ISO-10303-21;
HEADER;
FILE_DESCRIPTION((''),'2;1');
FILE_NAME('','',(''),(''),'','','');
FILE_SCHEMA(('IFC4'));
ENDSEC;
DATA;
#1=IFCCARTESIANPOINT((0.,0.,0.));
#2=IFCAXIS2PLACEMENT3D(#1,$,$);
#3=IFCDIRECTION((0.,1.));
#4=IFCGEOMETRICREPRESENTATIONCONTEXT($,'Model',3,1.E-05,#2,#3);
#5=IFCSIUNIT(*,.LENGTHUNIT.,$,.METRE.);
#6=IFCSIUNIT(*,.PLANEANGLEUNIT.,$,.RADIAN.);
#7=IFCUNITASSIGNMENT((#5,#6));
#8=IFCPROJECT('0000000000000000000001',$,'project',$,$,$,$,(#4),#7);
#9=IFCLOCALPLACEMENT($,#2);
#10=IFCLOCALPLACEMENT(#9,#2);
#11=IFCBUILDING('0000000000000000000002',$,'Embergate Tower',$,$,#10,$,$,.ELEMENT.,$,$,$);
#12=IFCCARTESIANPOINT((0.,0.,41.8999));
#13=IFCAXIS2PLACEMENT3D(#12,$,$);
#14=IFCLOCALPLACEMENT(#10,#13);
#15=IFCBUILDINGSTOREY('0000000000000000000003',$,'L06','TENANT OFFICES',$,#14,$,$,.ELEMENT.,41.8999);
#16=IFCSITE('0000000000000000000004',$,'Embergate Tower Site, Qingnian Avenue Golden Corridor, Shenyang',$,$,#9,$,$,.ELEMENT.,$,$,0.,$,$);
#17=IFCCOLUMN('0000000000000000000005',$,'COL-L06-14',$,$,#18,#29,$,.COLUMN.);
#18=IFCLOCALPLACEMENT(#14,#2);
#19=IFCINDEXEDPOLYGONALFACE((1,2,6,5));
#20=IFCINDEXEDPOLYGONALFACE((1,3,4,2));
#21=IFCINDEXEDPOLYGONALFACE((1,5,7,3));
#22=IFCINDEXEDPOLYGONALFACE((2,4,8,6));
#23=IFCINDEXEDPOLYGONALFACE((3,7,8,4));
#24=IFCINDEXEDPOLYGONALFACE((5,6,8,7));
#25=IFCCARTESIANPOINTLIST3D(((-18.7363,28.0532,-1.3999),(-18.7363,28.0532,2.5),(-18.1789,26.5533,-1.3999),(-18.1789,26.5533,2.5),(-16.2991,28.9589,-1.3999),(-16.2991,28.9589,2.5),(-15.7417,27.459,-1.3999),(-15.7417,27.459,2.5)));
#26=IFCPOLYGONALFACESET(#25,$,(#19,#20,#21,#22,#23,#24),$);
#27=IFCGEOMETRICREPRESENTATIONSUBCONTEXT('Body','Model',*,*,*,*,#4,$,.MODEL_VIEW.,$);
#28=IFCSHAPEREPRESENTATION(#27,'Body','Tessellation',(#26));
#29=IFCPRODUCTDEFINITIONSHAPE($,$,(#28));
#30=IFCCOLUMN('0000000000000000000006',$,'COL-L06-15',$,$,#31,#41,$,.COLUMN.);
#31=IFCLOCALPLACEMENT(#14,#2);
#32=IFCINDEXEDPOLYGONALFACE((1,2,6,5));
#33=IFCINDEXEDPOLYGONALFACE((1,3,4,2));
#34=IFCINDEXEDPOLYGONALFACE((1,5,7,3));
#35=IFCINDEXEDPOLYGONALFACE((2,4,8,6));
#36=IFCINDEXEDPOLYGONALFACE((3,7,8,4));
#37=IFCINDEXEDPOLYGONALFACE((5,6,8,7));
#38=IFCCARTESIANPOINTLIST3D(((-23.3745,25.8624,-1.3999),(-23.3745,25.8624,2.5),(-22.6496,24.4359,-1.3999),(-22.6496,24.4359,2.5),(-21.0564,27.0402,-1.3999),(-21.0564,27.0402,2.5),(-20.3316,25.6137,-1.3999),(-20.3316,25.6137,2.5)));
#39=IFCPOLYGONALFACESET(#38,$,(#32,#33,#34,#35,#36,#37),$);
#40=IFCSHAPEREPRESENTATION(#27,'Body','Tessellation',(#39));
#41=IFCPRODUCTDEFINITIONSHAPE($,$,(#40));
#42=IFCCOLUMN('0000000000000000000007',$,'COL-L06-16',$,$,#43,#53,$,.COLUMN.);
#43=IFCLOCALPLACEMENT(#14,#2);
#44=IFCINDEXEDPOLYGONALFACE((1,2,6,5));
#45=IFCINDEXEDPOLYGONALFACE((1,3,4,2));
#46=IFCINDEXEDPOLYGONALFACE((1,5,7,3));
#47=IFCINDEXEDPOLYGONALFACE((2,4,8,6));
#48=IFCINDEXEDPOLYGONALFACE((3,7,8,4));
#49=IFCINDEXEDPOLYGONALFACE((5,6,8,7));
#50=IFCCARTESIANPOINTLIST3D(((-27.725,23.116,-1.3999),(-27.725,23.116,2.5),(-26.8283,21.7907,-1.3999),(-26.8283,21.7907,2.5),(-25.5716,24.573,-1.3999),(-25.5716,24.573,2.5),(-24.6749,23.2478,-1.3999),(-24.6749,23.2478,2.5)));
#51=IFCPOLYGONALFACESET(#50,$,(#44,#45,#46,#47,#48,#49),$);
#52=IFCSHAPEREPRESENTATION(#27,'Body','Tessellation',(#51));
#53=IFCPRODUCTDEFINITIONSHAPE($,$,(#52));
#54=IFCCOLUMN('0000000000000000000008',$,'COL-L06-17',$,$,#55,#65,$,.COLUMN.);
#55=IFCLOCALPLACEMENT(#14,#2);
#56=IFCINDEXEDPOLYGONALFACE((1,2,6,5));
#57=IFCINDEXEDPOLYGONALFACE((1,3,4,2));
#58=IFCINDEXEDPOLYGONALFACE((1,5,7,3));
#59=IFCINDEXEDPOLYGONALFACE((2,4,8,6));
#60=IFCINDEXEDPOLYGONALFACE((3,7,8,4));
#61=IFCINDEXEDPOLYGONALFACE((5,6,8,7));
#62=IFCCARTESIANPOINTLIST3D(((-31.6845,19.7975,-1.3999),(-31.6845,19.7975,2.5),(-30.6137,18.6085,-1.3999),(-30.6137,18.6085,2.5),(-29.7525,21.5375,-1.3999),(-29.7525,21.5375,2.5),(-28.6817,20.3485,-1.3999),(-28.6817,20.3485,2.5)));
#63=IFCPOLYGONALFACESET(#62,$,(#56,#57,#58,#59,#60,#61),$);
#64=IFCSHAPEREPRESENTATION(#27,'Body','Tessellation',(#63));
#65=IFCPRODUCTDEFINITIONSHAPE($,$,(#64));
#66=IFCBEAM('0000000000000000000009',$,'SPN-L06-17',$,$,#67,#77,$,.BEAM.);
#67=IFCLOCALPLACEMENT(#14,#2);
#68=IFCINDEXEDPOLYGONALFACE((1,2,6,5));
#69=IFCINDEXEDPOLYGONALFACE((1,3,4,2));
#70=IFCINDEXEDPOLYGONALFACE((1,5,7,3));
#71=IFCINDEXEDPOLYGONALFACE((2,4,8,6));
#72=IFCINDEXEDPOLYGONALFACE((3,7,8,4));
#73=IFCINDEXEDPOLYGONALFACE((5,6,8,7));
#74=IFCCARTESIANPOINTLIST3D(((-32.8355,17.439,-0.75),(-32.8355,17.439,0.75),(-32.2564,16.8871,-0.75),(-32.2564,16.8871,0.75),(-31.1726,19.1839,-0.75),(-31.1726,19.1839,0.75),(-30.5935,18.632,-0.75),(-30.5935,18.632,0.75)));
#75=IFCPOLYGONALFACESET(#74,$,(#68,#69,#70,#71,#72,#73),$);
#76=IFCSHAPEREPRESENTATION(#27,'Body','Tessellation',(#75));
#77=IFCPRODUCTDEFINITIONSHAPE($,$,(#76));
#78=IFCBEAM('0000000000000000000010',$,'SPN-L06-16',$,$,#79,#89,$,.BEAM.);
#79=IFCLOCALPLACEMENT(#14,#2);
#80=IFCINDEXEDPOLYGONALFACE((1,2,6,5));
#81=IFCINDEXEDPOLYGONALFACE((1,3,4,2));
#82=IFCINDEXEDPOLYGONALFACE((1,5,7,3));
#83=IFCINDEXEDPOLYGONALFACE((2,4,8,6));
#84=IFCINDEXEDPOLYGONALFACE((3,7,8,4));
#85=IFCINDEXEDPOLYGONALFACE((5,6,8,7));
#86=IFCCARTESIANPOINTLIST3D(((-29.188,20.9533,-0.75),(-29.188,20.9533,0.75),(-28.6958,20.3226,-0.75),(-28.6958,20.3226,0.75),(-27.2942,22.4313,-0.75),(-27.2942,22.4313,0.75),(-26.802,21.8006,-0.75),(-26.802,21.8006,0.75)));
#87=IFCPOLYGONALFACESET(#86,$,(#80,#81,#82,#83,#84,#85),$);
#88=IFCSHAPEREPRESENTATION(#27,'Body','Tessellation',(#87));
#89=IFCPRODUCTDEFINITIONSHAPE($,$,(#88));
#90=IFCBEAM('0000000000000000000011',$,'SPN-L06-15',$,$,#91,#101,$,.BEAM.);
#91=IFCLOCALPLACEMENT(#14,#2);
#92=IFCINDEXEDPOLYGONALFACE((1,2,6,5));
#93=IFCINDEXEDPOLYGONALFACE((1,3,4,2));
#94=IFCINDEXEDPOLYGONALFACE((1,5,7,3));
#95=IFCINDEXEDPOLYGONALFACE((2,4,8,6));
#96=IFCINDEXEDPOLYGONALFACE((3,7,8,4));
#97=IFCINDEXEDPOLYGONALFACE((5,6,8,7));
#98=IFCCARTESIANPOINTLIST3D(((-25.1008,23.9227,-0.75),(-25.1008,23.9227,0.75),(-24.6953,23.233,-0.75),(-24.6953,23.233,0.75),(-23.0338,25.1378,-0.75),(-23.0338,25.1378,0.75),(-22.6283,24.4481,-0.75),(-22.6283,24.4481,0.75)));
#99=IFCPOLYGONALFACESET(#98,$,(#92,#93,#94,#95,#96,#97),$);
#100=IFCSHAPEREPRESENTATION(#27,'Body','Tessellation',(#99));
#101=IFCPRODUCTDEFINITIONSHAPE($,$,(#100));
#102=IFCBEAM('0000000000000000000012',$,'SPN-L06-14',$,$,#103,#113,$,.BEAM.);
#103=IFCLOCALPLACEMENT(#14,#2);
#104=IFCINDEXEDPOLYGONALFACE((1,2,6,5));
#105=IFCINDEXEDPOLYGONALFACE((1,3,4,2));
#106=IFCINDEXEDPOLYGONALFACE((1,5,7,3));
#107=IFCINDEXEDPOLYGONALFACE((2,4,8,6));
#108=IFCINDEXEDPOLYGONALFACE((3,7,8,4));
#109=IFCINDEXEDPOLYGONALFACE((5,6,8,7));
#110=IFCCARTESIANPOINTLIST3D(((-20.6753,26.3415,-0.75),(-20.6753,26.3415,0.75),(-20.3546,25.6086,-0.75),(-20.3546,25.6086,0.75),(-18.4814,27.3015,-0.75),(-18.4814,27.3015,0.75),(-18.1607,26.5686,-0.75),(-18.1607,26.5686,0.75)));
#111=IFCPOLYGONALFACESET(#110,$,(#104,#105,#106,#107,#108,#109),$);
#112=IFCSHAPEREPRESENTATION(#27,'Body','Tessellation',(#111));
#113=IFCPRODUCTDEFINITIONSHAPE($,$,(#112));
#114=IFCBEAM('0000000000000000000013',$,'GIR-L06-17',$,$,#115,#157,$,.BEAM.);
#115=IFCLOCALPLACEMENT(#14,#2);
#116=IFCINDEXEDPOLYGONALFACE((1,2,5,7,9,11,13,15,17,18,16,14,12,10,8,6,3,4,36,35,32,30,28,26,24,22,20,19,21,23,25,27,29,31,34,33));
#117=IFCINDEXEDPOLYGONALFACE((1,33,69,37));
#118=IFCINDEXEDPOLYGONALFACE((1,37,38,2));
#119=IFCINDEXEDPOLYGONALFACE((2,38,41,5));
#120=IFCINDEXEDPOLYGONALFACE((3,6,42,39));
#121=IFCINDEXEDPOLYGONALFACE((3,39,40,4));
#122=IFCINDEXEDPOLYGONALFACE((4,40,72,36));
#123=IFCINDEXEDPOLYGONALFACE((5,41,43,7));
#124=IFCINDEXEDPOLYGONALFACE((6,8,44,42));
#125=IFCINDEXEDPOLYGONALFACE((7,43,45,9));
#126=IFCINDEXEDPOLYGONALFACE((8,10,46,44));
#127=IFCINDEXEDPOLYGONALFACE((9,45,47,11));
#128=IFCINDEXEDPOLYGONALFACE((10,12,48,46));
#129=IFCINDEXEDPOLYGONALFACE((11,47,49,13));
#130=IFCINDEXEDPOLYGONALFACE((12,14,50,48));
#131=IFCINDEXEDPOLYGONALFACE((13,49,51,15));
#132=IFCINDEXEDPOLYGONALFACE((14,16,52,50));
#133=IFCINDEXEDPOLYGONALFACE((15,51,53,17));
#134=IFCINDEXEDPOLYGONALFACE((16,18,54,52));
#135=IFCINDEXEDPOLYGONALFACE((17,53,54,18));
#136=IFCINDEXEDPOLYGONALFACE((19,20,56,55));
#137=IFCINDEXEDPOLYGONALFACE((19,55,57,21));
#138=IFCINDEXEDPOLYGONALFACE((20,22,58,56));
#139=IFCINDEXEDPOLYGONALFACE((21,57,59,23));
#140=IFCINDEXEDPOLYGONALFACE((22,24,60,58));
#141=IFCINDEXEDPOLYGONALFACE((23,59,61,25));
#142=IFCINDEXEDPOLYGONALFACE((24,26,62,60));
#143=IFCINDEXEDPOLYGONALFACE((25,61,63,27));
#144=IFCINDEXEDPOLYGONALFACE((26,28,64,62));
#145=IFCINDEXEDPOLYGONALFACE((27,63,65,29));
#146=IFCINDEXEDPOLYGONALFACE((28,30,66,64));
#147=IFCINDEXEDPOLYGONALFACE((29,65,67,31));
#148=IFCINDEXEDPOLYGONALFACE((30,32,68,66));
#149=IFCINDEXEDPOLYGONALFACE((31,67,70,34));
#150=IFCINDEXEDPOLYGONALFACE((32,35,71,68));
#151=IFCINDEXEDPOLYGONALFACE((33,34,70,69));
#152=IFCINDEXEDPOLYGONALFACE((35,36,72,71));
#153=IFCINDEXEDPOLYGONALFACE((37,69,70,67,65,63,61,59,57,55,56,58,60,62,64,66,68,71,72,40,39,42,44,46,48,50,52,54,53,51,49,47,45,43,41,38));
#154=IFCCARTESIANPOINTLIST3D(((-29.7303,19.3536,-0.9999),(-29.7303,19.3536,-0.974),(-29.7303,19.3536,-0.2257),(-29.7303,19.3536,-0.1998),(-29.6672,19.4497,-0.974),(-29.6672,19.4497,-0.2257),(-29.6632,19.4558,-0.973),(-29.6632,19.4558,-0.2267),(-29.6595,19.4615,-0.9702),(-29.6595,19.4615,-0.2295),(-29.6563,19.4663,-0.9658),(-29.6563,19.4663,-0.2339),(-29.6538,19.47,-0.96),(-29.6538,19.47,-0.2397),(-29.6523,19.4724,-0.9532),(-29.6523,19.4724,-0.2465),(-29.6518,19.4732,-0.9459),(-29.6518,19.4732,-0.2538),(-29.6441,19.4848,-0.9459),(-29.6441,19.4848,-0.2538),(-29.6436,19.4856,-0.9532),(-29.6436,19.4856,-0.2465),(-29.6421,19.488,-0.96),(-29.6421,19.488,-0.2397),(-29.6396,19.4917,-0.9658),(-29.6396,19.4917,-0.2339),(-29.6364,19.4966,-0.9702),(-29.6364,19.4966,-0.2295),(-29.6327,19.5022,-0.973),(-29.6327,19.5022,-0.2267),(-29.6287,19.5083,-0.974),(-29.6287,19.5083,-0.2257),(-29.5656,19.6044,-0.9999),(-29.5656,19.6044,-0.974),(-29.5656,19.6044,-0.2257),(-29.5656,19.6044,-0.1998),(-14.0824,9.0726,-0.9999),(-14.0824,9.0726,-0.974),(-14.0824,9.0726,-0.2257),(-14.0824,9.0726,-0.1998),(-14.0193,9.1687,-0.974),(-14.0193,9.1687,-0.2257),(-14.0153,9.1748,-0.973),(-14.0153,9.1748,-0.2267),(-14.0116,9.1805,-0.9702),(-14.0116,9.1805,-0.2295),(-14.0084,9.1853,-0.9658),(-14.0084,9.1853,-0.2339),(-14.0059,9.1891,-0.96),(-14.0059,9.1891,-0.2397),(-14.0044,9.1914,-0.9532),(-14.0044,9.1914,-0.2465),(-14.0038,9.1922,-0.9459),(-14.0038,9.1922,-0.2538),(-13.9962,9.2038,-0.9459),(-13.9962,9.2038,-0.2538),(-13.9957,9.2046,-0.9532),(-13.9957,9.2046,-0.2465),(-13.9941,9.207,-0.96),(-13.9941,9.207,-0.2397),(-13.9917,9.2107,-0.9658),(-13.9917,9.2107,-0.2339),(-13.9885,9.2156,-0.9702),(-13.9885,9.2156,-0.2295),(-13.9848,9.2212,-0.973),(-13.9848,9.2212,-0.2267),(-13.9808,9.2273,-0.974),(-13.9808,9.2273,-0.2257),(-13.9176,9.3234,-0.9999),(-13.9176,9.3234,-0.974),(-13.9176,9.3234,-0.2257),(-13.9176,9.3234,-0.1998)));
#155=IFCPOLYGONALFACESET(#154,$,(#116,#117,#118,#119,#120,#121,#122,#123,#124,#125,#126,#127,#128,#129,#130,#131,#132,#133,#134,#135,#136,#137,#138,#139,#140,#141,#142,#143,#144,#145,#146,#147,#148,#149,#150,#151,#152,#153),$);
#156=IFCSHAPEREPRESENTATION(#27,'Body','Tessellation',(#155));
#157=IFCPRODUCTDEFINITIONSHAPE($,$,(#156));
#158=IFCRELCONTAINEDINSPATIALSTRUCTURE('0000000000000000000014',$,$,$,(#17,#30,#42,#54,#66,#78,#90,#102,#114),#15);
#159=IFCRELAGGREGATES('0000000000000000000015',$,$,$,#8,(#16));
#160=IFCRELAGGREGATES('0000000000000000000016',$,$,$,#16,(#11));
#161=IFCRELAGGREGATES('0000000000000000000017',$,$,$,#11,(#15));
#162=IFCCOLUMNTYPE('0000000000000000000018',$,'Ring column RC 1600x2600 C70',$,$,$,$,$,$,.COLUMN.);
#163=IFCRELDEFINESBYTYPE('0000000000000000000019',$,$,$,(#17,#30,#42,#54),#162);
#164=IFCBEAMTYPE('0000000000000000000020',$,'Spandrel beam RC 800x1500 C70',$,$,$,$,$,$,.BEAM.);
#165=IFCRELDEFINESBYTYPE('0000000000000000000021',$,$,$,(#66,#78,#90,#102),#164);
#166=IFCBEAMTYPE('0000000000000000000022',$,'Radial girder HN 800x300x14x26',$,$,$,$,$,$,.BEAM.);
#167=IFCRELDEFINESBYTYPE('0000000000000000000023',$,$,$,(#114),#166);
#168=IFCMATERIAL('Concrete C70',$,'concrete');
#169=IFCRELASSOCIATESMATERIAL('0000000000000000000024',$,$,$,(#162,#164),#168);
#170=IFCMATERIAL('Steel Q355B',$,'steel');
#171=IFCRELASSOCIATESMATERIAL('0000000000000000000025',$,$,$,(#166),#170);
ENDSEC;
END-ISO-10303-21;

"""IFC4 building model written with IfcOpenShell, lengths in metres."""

from ifc_helpers import new_model, si_unit, direction, frame, origin, origin_2d, place, context, subcontext, project, spatial, rectangle, i_section, extrude, source, transform, mapped, material, material_profile, profile_set, type_object, element, save


model = new_model("IFC4")

# Units and contexts
model_context = context("Model", 3, precision=1e-05, world=origin(), true_north=direction((0.0, 1.0)))
body_context = subcontext(model_context, "Body", "Model", "MODEL_VIEW")
ifc_project = project(units=[si_unit("LENGTHUNIT", "METRE"), si_unit("PLANEANGLEUNIT", "RADIAN")], contexts=[model_context])

# Site, building, storey
site_placement = place(None, origin())
site = spatial("IfcSite", under=ifc_project, at=site_placement, Name="Embergate Tower Site, Qingnian Avenue Golden Corridor, Shenyang", CompositionType="ELEMENT", RefElevation=0.0)
building_placement = place(site_placement, origin())
building = spatial("IfcBuilding", under=site, at=building_placement, Name="Embergate Tower", CompositionType="ELEMENT")
storey_placement = place(building_placement, frame((0.0, 0.0, 41.8999)))
storey = spatial("IfcBuildingStorey", under=building, at=storey_placement, Name="L06", Description="TENANT OFFICES", CompositionType="ELEMENT", Elevation=41.8999)

# Columns
ifc_material_1 = material(Name="Concrete C70", Category="concrete")
ifc_material_profile_1 = material_profile(ifc_material_1, rectangle(XDim=1.6001, YDim=2.6001, at=origin_2d()), Name="RC 1600x2600")
ifc_profile_set_1 = profile_set([ifc_material_profile_1], Name="Concrete C70")
column_type = type_object("IfcColumnType", Name="Ring column RC 1600x2600 C70", PredefinedType="COLUMN", material=ifc_profile_set_1)
shared_shape_1 = source(origin(), body_context, "Body", "SweptSolid", [
    extrude(rectangle(XDim=1.6001, YDim=2.6001, at=origin_2d()), origin(), (0.0, 0.0, 1.0), 3.8999),
])
for number, where, z_axis, x_axis, name in (
    (1, (-17.239, 27.7561, -1.3999), (0.0, 0.0, 1.0), (-0.348343, 0.937367, 0.0), "COL-L06-14"),
    (2, (-21.853, 25.738, -1.3999), (0.0, 0.0, 1.0), (-0.452995, 0.891513, 0.0), "COL-L06-15"),
    (3, (-26.2, 23.1819, -1.3999), (0.0, 0.0, 1.0), (-0.560393, 0.828227, 0.0), "COL-L06-16"),
    (4, (-30.1831, 20.073, -1.3999), (0.0, 0.0, 1.0), (-0.669208, 0.743075, 0.0), "COL-L06-17"),
):
    element("IfcColumn", number, at=place(storey_placement, frame(where, z_axis=z_axis, x_axis=x_axis)), inside=storey, type_object=column_type, Name=name, PredefinedType="COLUMN", context=body_context, shape_type="MappedRepresentation", body=[
        mapped(shared_shape_1, transform((0.0, 0.0, 0.0))),
    ])

# Beams
ifc_material_profile_2 = material_profile(ifc_material_1, rectangle(XDim=0.8, YDim=1.5, at=origin_2d()), Name="RC 800x1500")
ifc_profile_set_2 = profile_set([ifc_material_profile_2], Name="Concrete C70")
beam_type_1 = type_object("IfcBeamType", Name="Spandrel beam RC 800x1500 C70", PredefinedType="BEAM", material=ifc_profile_set_2)
shared_shape_2 = source(origin(), body_context, "Body", "SweptSolid", [
    extrude(rectangle(XDim=0.8, YDim=1.5, at=origin_2d()), origin(), (0.0, 0.0, 1.0), 2.4104),
])
beam_1_placement = place(storey_placement, frame((-30.8831, 18.908, 0.0), z_axis=(-0.689885, -0.723919, 0.0), x_axis=(0.723919, -0.689885, 0.0)))
element("IfcBeam", 5, at=beam_1_placement, inside=storey, type_object=beam_type_1, Name="SPN-L06-17", PredefinedType="BEAM", context=body_context, shape_type="MappedRepresentation", body=[
    mapped(shared_shape_2, transform((0.0, 0.0, 0.0))),
])
shared_shape_3 = source(origin(), body_context, "Body", "SweptSolid", [
    extrude(rectangle(XDim=0.8, YDim=1.5, at=origin_2d()), origin(), (0.0, 0.0, 1.0), 2.4023),
])
beam_2_placement = place(storey_placement, frame((-27.0481, 22.116, 0.0), z_axis=(-0.788328, -0.615255, 0.0), x_axis=(0.615255, -0.788328, 0.0)))
element("IfcBeam", 6, at=beam_2_placement, inside=storey, type_object=beam_type_1, Name="SPN-L06-16", PredefinedType="BEAM", context=body_context, shape_type="MappedRepresentation", body=[
    mapped(shared_shape_3, transform((0.0, 0.0, 0.0))),
])
shared_shape_4 = source(origin(), body_context, "Body", "SweptSolid", [
    extrude(rectangle(XDim=0.8, YDim=1.5, at=origin_2d()), origin(), (0.0, 0.0, 1.0), 2.3977),
])
beam_3_placement = place(storey_placement, frame((-22.8311, 24.793, 0.0), z_axis=(-0.862068, -0.506793, 0.0), x_axis=(0.506793, -0.862068, 0.0)))
element("IfcBeam", 7, at=beam_3_placement, inside=storey, type_object=beam_type_1, Name="SPN-L06-15", PredefinedType="BEAM", context=body_context, shape_type="MappedRepresentation", body=[
    mapped(shared_shape_4, transform((0.0, 0.0, 0.0))),
])
shared_shape_5 = source(origin(), body_context, "Body", "SweptSolid", [
    extrude(rectangle(XDim=0.8, YDim=1.5, at=origin_2d()), origin(), (0.0, 0.0, 1.0), 2.3948),
])
beam_4_placement = place(storey_placement, frame((-18.321, 26.9351, 0.0), z_axis=(-0.916134, -0.400872, 0.0), x_axis=(0.400872, -0.916134, 0.0)))
element("IfcBeam", 8, at=beam_4_placement, inside=storey, type_object=beam_type_1, Name="SPN-L06-14", PredefinedType="BEAM", context=body_context, shape_type="MappedRepresentation", body=[
    mapped(shared_shape_5, transform((0.0, 0.0, 0.0))),
])
ifc_material_2 = material(Name="Steel Q355B", Category="steel")
ifc_material_profile_3 = material_profile(ifc_material_2, i_section(OverallWidth=0.3, OverallDepth=0.8, WebThickness=0.0139, FlangeThickness=0.0259, FilletRadius=0.0281, at=origin_2d()), Name="HN 800x300x14x26")
ifc_profile_set_3 = profile_set([ifc_material_profile_3], Name="Steel Q355 grade B")
beam_type_2 = type_object("IfcBeamType", Name="Radial girder HN 800x300x14x26", PredefinedType="BEAM", material=ifc_profile_set_3)
shared_shape_6 = source(origin(), body_context, "Body", "SweptSolid", [
    extrude(i_section(OverallWidth=0.3, OverallDepth=0.8, WebThickness=0.0139, FlangeThickness=0.0259, FilletRadius=0.0281, at=origin_2d()), origin(), (0.0, 0.0, 1.0), 18.7231),
])
beam_5_placement = place(storey_placement, frame((-29.6479, 19.479, -0.5999), z_axis=(0.835753, -0.549106, 0.0), x_axis=(0.549106, 0.835753, 0.0)))
element("IfcBeam", 9, at=beam_5_placement, inside=storey, type_object=beam_type_2, Name="GIR-L06-17", PredefinedType="BEAM", context=body_context, shape_type="MappedRepresentation", body=[
    mapped(shared_shape_6, transform((0.0, 0.0, 0.0))),
])

save(model, "model.ifc")
